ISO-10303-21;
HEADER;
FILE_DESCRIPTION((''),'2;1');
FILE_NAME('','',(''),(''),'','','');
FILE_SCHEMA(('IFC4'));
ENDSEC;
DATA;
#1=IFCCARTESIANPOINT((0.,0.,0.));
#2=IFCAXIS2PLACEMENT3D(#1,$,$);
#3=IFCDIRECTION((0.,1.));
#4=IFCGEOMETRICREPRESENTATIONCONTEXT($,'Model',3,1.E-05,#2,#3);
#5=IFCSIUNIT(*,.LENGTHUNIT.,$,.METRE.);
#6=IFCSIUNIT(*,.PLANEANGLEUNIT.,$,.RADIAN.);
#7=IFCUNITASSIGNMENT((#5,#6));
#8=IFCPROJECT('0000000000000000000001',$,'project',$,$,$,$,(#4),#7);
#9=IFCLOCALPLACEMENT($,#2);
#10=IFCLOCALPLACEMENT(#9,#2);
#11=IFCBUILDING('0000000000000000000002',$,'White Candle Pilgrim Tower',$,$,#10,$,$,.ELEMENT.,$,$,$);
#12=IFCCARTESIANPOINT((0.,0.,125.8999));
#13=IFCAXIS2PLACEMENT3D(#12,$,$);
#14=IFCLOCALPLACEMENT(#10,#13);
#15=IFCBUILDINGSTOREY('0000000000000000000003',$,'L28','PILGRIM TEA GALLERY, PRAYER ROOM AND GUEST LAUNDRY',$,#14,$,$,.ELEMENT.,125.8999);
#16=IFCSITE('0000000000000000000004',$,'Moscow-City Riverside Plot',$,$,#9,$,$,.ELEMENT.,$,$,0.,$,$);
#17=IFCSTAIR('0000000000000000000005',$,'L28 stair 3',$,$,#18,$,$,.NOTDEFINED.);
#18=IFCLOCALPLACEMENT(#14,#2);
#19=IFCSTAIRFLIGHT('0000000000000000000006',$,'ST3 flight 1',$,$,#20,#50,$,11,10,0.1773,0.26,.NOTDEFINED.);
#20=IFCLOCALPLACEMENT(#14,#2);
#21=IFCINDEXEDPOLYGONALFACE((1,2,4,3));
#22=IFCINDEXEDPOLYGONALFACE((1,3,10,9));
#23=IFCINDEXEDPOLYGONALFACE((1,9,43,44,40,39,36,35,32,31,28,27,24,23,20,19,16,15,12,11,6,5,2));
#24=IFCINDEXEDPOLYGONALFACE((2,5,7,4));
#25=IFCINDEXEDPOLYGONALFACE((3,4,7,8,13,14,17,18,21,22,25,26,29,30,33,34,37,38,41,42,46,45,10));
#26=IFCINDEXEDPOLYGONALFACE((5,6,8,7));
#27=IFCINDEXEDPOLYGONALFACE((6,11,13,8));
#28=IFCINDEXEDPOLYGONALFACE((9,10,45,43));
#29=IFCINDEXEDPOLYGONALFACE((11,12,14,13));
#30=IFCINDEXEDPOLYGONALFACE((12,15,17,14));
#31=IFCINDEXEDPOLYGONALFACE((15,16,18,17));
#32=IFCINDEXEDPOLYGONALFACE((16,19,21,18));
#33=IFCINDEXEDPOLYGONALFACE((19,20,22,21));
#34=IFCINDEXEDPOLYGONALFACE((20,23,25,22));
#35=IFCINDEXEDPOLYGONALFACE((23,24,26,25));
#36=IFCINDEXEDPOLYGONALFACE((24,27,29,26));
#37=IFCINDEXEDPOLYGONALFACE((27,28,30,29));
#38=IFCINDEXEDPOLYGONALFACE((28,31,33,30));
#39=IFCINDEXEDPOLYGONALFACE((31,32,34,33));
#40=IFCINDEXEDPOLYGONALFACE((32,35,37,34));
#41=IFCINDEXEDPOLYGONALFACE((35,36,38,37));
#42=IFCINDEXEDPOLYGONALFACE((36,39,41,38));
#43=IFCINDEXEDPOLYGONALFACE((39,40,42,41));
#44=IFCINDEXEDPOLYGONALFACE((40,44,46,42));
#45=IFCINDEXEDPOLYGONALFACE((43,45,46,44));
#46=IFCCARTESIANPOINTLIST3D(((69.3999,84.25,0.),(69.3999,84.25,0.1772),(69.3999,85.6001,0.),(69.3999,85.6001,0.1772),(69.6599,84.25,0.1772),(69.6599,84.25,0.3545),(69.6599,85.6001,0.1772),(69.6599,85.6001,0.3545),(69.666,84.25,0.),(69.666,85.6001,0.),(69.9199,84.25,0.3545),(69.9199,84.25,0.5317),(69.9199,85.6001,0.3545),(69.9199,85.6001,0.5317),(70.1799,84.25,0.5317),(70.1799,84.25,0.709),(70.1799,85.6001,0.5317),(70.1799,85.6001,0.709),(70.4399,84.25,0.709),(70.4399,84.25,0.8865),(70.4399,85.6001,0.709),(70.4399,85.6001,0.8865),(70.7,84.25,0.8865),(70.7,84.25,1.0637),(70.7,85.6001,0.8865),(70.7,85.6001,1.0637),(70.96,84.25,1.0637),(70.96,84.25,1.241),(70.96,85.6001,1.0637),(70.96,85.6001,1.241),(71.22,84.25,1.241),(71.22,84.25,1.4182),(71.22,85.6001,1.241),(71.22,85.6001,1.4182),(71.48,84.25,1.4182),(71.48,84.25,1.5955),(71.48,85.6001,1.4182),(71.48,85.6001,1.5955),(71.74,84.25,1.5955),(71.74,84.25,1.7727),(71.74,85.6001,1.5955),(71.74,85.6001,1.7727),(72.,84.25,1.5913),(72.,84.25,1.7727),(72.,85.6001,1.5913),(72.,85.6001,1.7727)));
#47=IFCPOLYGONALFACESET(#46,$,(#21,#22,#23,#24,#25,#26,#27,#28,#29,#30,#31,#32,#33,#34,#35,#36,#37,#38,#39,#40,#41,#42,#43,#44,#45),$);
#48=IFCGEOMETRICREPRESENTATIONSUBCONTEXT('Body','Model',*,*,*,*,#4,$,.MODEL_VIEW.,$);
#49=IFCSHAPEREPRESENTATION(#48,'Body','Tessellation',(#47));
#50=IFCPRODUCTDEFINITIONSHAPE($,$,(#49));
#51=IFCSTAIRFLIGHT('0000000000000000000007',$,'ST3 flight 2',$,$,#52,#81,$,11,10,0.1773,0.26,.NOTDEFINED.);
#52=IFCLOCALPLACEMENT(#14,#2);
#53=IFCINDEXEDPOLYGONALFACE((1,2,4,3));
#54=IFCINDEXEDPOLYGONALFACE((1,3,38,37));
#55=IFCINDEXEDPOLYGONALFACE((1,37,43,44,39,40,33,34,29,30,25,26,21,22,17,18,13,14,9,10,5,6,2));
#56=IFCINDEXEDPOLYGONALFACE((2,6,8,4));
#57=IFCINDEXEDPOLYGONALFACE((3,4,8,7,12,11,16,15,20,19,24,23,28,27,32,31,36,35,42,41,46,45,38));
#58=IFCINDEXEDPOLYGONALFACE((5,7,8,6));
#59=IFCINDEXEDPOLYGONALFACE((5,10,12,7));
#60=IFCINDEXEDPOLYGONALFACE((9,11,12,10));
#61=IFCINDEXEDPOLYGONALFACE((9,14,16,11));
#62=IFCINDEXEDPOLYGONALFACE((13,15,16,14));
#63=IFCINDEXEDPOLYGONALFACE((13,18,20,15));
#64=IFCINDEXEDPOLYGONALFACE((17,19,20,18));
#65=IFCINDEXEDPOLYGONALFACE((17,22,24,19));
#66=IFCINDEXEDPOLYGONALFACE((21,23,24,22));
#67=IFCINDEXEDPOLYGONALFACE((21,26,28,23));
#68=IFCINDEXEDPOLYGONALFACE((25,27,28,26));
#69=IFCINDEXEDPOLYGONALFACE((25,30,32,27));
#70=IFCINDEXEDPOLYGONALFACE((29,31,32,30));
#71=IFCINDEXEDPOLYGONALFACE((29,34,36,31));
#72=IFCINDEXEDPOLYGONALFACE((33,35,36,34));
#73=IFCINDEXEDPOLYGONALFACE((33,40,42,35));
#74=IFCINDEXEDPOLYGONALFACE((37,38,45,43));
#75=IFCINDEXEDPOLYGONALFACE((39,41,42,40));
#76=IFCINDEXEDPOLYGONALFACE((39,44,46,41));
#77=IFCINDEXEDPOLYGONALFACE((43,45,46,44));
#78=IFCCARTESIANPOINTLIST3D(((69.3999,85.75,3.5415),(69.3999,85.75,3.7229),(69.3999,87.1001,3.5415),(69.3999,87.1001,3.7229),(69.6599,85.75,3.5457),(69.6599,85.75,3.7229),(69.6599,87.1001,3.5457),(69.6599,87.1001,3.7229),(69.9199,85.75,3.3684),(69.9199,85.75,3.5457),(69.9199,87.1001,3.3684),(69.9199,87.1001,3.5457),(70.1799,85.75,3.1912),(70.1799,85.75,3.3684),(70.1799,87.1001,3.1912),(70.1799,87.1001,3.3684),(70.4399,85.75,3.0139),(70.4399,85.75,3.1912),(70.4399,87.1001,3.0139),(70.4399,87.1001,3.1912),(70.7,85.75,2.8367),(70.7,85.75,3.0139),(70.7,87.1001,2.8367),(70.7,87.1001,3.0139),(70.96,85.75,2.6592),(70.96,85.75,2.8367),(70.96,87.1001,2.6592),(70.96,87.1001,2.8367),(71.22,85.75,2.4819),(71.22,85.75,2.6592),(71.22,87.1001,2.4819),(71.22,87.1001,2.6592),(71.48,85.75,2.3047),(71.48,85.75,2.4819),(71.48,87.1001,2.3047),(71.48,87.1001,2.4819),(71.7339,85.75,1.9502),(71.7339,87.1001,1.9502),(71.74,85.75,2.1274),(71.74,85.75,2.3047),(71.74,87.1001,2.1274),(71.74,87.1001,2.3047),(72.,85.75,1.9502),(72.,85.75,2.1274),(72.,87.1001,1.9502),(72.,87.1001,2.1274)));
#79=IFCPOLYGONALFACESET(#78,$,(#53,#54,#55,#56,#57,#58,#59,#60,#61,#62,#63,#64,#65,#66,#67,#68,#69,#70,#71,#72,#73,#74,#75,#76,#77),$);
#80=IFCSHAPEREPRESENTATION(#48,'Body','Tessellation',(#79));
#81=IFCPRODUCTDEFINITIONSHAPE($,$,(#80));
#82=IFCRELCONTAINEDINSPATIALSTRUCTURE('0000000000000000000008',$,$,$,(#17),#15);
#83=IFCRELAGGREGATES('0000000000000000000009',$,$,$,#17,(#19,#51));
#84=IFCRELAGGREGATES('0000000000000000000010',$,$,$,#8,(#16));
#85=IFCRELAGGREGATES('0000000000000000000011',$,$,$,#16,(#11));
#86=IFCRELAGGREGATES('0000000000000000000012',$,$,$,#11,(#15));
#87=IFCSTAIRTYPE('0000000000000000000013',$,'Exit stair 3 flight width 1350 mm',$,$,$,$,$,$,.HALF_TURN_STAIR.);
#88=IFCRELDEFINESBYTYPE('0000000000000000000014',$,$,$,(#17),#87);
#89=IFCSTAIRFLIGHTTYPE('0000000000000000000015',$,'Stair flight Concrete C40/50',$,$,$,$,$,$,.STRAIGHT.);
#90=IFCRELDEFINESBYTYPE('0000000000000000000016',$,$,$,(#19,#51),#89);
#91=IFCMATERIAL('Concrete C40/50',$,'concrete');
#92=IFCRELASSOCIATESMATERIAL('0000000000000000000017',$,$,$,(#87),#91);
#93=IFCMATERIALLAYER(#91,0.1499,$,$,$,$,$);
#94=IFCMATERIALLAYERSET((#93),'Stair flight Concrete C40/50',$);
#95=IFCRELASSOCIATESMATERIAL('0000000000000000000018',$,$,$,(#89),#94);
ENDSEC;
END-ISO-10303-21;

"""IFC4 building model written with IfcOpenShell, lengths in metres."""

from ifc_helpers import new_model, si_unit, direction, frame, origin, place, context, subcontext, project, spatial, polyline, outline, extrude, material, layer, layer_set, type_object, element, aggregate, save


model = new_model("IFC4")

# Units and contexts
model_context = context("Model", 3, precision=1e-05, world=origin(), true_north=direction((0.0, 1.0)))
body_context = subcontext(model_context, "Body", "Model", "MODEL_VIEW")
ifc_project = project(units=[si_unit("LENGTHUNIT", "METRE"), si_unit("PLANEANGLEUNIT", "RADIAN")], contexts=[model_context])

# Site, building, storey
site_placement = place(None, origin())
site = spatial("IfcSite", under=ifc_project, at=site_placement, Name="Moscow-City Riverside Plot", CompositionType="ELEMENT", RefElevation=0.0)
building_placement = place(site_placement, origin())
building = spatial("IfcBuilding", under=site, at=building_placement, Name="White Candle Pilgrim Tower", CompositionType="ELEMENT")
storey_placement = place(building_placement, frame((0.0, 0.0, 125.8999)))
storey = spatial("IfcBuildingStorey", under=building, at=storey_placement, Name="L28", Description="PILGRIM TEA GALLERY, PRAYER ROOM AND GUEST LAUNDRY", CompositionType="ELEMENT", Elevation=125.8999)

# Stair, stair flights
ifc_material_1 = material(Name="Concrete C40/50", Category="concrete")
stair_type = type_object("IfcStairType", Name="Exit stair 3 flight width 1350 mm", PredefinedType="HALF_TURN_STAIR", material=ifc_material_1)
stair_placement = place(storey_placement, origin())
stair = element("IfcStair", 1, at=stair_placement, inside=storey, type_object=stair_type, Name="L28 stair 3", PredefinedType="NOTDEFINED")
ifc_layer_1 = layer(ifc_material_1, 0.1499)
ifc_layer_set_1 = layer_set([ifc_layer_1], Name="Stair flight Concrete C40/50")
stair_flight_type = type_object("IfcStairFlightType", Name="Stair flight Concrete C40/50", PredefinedType="STRAIGHT", material=ifc_layer_set_1)
stair_flight_1_placement = place(storey_placement, frame((69.3999, 84.925, 0.0), z_axis=(0.0, 0.0, 1.0), x_axis=(1.0, 0.0, 0.0)))
stair_flight_1 = element("IfcStairFlight", 2, at=stair_flight_1_placement, type_object=stair_flight_type, Name="ST3 flight 1", NumberOfRisers=11, NumberOfTreads=10, PredefinedType="NOTDEFINED", RiserHeight=0.1773, TreadLength=0.26, context=body_context, shape_type="SweptSolid", body=[
    extrude(outline(polyline([(0.0, 0.0), (0.0, 0.1772), (0.26, 0.1772), (0.26, 0.3545), (0.52, 0.3545), (0.52, 0.5317), (0.78, 0.5317), (0.78, 0.709), (1.04, 0.709), (1.04, 0.8865), (1.3, 0.8865), (1.3, 1.0637), (1.5601, 1.0637), (1.5601, 1.241), (1.8201, 1.241), (1.8201, 1.4182), (2.0801, 1.4182), (2.0801, 1.5955), (2.3401, 1.5955), (2.3401, 1.7727), (2.6001, 1.7727), (2.6001, 1.95), (2.6001, 1.5913), (0.2661, 0.0), (0.0, 0.0)])), frame((0.0, 0.675, 0.0), z_axis=(0.0, -1.0, 0.0), x_axis=(1.0, 0.0, 0.0)), (0.0, 0.0, 1.0), 1.3501),
])
stair_flight_2_placement = place(storey_placement, frame((72.0, 86.425, 1.9502), z_axis=(0.0, 0.0, 1.0), x_axis=(-1.0, 0.0, 0.0)))
stair_flight_2 = element("IfcStairFlight", 3, at=stair_flight_2_placement, type_object=stair_flight_type, Name="ST3 flight 2", NumberOfRisers=11, NumberOfTreads=10, PredefinedType="NOTDEFINED", RiserHeight=0.1773, TreadLength=0.26, context=body_context, shape_type="SweptSolid", body=[
    extrude(outline(polyline([(0.0, 0.0), (0.0, 0.1772), (0.26, 0.1772), (0.26, 0.3545), (0.52, 0.3545), (0.52, 0.5317), (0.78, 0.5317), (0.78, 0.709), (1.04, 0.709), (1.04, 0.8865), (1.3, 0.8865), (1.3, 1.0637), (1.5601, 1.0637), (1.5601, 1.241), (1.8201, 1.241), (1.8201, 1.4182), (2.0801, 1.4182), (2.0801, 1.5955), (2.3401, 1.5955), (2.3401, 1.7727), (2.6001, 1.7727), (2.6001, 1.95), (2.6001, 1.5913), (0.2661, 0.0), (0.0, 0.0)])), frame((0.0, 0.675, 0.0), z_axis=(0.0, -1.0, 0.0), x_axis=(1.0, 0.0, 0.0)), (0.0, 0.0, 1.0), 1.3501),
])
aggregate(stair, [stair_flight_1, stair_flight_2])

save(model, "model.ifc")
